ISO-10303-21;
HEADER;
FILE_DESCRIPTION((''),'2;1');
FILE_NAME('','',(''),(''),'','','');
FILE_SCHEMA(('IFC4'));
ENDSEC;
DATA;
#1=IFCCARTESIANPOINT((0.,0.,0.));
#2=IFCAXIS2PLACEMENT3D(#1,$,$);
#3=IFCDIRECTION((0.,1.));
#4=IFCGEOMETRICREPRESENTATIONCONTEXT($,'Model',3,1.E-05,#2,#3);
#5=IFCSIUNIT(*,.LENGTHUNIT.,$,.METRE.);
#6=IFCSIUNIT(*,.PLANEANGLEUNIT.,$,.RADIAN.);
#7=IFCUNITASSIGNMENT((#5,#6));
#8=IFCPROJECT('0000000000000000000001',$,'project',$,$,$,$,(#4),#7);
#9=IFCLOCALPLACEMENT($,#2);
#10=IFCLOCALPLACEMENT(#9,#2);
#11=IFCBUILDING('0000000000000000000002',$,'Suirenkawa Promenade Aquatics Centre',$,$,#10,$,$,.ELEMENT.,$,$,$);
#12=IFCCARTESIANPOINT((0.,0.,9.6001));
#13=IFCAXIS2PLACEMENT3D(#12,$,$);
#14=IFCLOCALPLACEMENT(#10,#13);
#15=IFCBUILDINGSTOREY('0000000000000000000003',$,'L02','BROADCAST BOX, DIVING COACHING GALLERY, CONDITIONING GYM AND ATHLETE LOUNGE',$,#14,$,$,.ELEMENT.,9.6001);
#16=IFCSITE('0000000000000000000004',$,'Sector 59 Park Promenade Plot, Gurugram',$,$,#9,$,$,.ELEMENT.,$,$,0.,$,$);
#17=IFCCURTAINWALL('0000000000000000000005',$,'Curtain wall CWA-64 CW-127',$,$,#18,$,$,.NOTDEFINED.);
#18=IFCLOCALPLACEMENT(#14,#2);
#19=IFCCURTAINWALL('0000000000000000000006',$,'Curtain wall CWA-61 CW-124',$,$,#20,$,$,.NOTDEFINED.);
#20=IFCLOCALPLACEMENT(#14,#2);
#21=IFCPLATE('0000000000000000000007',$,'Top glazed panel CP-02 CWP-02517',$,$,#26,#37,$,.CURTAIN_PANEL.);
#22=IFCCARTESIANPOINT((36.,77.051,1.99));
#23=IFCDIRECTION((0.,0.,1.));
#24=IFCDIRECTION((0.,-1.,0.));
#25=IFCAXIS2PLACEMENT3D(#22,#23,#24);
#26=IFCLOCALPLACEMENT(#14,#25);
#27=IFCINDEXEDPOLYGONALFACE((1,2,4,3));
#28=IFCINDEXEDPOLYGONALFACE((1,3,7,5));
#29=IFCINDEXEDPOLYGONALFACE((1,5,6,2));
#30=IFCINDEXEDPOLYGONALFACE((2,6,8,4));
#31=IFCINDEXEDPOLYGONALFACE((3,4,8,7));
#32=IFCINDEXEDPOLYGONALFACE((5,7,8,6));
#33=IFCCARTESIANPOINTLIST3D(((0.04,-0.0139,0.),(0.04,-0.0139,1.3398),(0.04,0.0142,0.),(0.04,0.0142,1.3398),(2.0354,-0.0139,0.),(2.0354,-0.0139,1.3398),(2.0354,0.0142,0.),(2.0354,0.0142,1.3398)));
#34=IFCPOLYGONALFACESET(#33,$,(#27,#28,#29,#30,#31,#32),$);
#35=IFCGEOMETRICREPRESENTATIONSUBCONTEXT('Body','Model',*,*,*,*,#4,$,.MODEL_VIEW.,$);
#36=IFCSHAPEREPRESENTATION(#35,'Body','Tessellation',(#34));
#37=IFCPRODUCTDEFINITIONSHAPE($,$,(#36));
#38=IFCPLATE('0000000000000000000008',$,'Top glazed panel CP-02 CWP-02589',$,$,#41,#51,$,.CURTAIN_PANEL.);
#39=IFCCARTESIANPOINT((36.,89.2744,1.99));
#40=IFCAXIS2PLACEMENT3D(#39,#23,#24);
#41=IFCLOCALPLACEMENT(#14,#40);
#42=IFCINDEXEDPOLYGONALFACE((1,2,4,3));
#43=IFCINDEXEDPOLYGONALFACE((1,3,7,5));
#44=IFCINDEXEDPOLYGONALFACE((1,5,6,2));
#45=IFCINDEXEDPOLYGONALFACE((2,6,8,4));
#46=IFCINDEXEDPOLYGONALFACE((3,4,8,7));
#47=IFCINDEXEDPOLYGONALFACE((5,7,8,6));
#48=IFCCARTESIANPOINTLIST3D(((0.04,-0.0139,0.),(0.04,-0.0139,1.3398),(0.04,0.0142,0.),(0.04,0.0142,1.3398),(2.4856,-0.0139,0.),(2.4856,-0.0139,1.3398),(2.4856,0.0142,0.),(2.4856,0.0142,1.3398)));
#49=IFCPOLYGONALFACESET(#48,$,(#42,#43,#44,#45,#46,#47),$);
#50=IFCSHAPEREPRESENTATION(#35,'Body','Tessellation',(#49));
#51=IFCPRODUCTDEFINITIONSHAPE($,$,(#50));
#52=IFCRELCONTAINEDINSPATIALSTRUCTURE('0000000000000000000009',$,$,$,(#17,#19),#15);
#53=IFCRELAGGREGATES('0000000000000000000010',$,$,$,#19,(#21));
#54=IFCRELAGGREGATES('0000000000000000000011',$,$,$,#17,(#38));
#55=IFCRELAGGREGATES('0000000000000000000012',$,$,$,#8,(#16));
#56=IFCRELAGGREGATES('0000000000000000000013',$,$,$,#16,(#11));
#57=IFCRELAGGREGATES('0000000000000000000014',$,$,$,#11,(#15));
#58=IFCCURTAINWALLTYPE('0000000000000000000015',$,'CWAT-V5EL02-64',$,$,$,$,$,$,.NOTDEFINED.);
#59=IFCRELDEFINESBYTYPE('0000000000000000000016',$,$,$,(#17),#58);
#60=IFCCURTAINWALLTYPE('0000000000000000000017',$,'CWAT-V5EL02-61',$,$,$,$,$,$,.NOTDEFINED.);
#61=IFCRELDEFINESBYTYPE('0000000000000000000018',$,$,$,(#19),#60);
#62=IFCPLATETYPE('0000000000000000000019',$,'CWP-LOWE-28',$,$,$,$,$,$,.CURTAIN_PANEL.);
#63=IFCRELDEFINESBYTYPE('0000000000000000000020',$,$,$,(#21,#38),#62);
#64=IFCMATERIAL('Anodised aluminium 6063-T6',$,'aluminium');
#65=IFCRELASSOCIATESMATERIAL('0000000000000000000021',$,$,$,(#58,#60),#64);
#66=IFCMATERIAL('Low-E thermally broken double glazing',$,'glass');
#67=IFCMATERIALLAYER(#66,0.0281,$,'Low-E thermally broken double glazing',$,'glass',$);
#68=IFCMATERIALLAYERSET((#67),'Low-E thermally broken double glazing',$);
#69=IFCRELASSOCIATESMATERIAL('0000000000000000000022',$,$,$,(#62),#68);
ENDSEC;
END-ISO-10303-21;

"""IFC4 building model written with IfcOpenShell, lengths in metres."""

from ifc_helpers import new_model, si_unit, direction, frame, origin, place, context, subcontext, project, spatial, polyline, outline, extrude, material, layer, layer_set, type_object, element, aggregate, save


model = new_model("IFC4")

# Units and contexts
model_context = context("Model", 3, precision=1e-05, world=origin(), true_north=direction((0.0, 1.0)))
body_context = subcontext(model_context, "Body", "Model", "MODEL_VIEW")
ifc_project = project(units=[si_unit("LENGTHUNIT", "METRE"), si_unit("PLANEANGLEUNIT", "RADIAN")], contexts=[model_context])

# Site, building, storey
site_placement = place(None, origin())
site = spatial("IfcSite", under=ifc_project, at=site_placement, Name="Sector 59 Park Promenade Plot, Gurugram", CompositionType="ELEMENT", RefElevation=0.0)
building_placement = place(site_placement, origin())
building = spatial("IfcBuilding", under=site, at=building_placement, Name="Suirenkawa Promenade Aquatics Centre", CompositionType="ELEMENT")
storey_placement = place(building_placement, frame((0.0, 0.0, 9.6001)))
storey = spatial("IfcBuildingStorey", under=building, at=storey_placement, Name="L02", Description="BROADCAST BOX, DIVING COACHING GALLERY, CONDITIONING GYM AND ATHLETE LOUNGE", CompositionType="ELEMENT", Elevation=9.6001)

# Curtain wall
ifc_material_1 = material(Name="Anodised aluminium 6063-T6", Category="aluminium")
curtain_wall_type_1 = type_object("IfcCurtainWallType", Name="CWAT-V5EL02-64", PredefinedType="NOTDEFINED", material=ifc_material_1)
curtain_wall_1_placement = place(storey_placement, origin())
curtain_wall_1 = element("IfcCurtainWall", 1, at=curtain_wall_1_placement, inside=storey, type_object=curtain_wall_type_1, Name="Curtain wall CWA-64 CW-127", PredefinedType="NOTDEFINED")

# Curtain wall
curtain_wall_type_2 = type_object("IfcCurtainWallType", Name="CWAT-V5EL02-61", PredefinedType="NOTDEFINED", material=ifc_material_1)
curtain_wall_2_placement = place(storey_placement, origin())
curtain_wall_2 = element("IfcCurtainWall", 2, at=curtain_wall_2_placement, inside=storey, type_object=curtain_wall_type_2, Name="Curtain wall CWA-61 CW-124", PredefinedType="NOTDEFINED")

# Plates
ifc_material_2 = material(Name="Low-E thermally broken double glazing", Category="glass")
ifc_layer_1 = layer(ifc_material_2, 0.0281, Name="Low-E thermally broken double glazing", Category="glass")
ifc_layer_set_1 = layer_set([ifc_layer_1], Name="Low-E thermally broken double glazing")
plate_type = type_object("IfcPlateType", Name="CWP-LOWE-28", PredefinedType="CURTAIN_PANEL", material=ifc_layer_set_1)
plate_1_placement = place(storey_placement, frame((36.0, 77.051, 1.99), z_axis=(0.0, 0.0, 1.0), x_axis=(0.0, -1.0, 0.0)))
plate_1 = element("IfcPlate", 3, at=plate_1_placement, type_object=plate_type, Name="Top glazed panel CP-02 CWP-02517", PredefinedType="CURTAIN_PANEL", context=body_context, shape_type="SweptSolid", body=[
    extrude(outline(polyline([(0.04, 0.0), (2.0354, 0.0), (2.0354, 1.3398), (0.04, 1.3398), (0.04, 0.0)])), frame((0.0, 0.0142, 0.0), z_axis=(0.0, -1.0, 0.0), x_axis=(1.0, 0.0, 0.0)), (0.0, 0.0, 1.0), 0.0281),
])
aggregate(curtain_wall_2, [plate_1])
plate_2_placement = place(storey_placement, frame((36.0, 89.2744, 1.99), z_axis=(0.0, 0.0, 1.0), x_axis=(0.0, -1.0, 0.0)))
plate_2 = element("IfcPlate", 4, at=plate_2_placement, type_object=plate_type, Name="Top glazed panel CP-02 CWP-02589", PredefinedType="CURTAIN_PANEL", context=body_context, shape_type="SweptSolid", body=[
    extrude(outline(polyline([(0.04, 0.0), (2.4856, 0.0), (2.4856, 1.3398), (0.04, 1.3398), (0.04, 0.0)])), frame((0.0, 0.0142, 0.0), z_axis=(0.0, -1.0, 0.0), x_axis=(1.0, 0.0, 0.0)), (0.0, 0.0, 1.0), 0.0281),
])
aggregate(curtain_wall_1, [plate_2])

save(model, "model.ifc")
